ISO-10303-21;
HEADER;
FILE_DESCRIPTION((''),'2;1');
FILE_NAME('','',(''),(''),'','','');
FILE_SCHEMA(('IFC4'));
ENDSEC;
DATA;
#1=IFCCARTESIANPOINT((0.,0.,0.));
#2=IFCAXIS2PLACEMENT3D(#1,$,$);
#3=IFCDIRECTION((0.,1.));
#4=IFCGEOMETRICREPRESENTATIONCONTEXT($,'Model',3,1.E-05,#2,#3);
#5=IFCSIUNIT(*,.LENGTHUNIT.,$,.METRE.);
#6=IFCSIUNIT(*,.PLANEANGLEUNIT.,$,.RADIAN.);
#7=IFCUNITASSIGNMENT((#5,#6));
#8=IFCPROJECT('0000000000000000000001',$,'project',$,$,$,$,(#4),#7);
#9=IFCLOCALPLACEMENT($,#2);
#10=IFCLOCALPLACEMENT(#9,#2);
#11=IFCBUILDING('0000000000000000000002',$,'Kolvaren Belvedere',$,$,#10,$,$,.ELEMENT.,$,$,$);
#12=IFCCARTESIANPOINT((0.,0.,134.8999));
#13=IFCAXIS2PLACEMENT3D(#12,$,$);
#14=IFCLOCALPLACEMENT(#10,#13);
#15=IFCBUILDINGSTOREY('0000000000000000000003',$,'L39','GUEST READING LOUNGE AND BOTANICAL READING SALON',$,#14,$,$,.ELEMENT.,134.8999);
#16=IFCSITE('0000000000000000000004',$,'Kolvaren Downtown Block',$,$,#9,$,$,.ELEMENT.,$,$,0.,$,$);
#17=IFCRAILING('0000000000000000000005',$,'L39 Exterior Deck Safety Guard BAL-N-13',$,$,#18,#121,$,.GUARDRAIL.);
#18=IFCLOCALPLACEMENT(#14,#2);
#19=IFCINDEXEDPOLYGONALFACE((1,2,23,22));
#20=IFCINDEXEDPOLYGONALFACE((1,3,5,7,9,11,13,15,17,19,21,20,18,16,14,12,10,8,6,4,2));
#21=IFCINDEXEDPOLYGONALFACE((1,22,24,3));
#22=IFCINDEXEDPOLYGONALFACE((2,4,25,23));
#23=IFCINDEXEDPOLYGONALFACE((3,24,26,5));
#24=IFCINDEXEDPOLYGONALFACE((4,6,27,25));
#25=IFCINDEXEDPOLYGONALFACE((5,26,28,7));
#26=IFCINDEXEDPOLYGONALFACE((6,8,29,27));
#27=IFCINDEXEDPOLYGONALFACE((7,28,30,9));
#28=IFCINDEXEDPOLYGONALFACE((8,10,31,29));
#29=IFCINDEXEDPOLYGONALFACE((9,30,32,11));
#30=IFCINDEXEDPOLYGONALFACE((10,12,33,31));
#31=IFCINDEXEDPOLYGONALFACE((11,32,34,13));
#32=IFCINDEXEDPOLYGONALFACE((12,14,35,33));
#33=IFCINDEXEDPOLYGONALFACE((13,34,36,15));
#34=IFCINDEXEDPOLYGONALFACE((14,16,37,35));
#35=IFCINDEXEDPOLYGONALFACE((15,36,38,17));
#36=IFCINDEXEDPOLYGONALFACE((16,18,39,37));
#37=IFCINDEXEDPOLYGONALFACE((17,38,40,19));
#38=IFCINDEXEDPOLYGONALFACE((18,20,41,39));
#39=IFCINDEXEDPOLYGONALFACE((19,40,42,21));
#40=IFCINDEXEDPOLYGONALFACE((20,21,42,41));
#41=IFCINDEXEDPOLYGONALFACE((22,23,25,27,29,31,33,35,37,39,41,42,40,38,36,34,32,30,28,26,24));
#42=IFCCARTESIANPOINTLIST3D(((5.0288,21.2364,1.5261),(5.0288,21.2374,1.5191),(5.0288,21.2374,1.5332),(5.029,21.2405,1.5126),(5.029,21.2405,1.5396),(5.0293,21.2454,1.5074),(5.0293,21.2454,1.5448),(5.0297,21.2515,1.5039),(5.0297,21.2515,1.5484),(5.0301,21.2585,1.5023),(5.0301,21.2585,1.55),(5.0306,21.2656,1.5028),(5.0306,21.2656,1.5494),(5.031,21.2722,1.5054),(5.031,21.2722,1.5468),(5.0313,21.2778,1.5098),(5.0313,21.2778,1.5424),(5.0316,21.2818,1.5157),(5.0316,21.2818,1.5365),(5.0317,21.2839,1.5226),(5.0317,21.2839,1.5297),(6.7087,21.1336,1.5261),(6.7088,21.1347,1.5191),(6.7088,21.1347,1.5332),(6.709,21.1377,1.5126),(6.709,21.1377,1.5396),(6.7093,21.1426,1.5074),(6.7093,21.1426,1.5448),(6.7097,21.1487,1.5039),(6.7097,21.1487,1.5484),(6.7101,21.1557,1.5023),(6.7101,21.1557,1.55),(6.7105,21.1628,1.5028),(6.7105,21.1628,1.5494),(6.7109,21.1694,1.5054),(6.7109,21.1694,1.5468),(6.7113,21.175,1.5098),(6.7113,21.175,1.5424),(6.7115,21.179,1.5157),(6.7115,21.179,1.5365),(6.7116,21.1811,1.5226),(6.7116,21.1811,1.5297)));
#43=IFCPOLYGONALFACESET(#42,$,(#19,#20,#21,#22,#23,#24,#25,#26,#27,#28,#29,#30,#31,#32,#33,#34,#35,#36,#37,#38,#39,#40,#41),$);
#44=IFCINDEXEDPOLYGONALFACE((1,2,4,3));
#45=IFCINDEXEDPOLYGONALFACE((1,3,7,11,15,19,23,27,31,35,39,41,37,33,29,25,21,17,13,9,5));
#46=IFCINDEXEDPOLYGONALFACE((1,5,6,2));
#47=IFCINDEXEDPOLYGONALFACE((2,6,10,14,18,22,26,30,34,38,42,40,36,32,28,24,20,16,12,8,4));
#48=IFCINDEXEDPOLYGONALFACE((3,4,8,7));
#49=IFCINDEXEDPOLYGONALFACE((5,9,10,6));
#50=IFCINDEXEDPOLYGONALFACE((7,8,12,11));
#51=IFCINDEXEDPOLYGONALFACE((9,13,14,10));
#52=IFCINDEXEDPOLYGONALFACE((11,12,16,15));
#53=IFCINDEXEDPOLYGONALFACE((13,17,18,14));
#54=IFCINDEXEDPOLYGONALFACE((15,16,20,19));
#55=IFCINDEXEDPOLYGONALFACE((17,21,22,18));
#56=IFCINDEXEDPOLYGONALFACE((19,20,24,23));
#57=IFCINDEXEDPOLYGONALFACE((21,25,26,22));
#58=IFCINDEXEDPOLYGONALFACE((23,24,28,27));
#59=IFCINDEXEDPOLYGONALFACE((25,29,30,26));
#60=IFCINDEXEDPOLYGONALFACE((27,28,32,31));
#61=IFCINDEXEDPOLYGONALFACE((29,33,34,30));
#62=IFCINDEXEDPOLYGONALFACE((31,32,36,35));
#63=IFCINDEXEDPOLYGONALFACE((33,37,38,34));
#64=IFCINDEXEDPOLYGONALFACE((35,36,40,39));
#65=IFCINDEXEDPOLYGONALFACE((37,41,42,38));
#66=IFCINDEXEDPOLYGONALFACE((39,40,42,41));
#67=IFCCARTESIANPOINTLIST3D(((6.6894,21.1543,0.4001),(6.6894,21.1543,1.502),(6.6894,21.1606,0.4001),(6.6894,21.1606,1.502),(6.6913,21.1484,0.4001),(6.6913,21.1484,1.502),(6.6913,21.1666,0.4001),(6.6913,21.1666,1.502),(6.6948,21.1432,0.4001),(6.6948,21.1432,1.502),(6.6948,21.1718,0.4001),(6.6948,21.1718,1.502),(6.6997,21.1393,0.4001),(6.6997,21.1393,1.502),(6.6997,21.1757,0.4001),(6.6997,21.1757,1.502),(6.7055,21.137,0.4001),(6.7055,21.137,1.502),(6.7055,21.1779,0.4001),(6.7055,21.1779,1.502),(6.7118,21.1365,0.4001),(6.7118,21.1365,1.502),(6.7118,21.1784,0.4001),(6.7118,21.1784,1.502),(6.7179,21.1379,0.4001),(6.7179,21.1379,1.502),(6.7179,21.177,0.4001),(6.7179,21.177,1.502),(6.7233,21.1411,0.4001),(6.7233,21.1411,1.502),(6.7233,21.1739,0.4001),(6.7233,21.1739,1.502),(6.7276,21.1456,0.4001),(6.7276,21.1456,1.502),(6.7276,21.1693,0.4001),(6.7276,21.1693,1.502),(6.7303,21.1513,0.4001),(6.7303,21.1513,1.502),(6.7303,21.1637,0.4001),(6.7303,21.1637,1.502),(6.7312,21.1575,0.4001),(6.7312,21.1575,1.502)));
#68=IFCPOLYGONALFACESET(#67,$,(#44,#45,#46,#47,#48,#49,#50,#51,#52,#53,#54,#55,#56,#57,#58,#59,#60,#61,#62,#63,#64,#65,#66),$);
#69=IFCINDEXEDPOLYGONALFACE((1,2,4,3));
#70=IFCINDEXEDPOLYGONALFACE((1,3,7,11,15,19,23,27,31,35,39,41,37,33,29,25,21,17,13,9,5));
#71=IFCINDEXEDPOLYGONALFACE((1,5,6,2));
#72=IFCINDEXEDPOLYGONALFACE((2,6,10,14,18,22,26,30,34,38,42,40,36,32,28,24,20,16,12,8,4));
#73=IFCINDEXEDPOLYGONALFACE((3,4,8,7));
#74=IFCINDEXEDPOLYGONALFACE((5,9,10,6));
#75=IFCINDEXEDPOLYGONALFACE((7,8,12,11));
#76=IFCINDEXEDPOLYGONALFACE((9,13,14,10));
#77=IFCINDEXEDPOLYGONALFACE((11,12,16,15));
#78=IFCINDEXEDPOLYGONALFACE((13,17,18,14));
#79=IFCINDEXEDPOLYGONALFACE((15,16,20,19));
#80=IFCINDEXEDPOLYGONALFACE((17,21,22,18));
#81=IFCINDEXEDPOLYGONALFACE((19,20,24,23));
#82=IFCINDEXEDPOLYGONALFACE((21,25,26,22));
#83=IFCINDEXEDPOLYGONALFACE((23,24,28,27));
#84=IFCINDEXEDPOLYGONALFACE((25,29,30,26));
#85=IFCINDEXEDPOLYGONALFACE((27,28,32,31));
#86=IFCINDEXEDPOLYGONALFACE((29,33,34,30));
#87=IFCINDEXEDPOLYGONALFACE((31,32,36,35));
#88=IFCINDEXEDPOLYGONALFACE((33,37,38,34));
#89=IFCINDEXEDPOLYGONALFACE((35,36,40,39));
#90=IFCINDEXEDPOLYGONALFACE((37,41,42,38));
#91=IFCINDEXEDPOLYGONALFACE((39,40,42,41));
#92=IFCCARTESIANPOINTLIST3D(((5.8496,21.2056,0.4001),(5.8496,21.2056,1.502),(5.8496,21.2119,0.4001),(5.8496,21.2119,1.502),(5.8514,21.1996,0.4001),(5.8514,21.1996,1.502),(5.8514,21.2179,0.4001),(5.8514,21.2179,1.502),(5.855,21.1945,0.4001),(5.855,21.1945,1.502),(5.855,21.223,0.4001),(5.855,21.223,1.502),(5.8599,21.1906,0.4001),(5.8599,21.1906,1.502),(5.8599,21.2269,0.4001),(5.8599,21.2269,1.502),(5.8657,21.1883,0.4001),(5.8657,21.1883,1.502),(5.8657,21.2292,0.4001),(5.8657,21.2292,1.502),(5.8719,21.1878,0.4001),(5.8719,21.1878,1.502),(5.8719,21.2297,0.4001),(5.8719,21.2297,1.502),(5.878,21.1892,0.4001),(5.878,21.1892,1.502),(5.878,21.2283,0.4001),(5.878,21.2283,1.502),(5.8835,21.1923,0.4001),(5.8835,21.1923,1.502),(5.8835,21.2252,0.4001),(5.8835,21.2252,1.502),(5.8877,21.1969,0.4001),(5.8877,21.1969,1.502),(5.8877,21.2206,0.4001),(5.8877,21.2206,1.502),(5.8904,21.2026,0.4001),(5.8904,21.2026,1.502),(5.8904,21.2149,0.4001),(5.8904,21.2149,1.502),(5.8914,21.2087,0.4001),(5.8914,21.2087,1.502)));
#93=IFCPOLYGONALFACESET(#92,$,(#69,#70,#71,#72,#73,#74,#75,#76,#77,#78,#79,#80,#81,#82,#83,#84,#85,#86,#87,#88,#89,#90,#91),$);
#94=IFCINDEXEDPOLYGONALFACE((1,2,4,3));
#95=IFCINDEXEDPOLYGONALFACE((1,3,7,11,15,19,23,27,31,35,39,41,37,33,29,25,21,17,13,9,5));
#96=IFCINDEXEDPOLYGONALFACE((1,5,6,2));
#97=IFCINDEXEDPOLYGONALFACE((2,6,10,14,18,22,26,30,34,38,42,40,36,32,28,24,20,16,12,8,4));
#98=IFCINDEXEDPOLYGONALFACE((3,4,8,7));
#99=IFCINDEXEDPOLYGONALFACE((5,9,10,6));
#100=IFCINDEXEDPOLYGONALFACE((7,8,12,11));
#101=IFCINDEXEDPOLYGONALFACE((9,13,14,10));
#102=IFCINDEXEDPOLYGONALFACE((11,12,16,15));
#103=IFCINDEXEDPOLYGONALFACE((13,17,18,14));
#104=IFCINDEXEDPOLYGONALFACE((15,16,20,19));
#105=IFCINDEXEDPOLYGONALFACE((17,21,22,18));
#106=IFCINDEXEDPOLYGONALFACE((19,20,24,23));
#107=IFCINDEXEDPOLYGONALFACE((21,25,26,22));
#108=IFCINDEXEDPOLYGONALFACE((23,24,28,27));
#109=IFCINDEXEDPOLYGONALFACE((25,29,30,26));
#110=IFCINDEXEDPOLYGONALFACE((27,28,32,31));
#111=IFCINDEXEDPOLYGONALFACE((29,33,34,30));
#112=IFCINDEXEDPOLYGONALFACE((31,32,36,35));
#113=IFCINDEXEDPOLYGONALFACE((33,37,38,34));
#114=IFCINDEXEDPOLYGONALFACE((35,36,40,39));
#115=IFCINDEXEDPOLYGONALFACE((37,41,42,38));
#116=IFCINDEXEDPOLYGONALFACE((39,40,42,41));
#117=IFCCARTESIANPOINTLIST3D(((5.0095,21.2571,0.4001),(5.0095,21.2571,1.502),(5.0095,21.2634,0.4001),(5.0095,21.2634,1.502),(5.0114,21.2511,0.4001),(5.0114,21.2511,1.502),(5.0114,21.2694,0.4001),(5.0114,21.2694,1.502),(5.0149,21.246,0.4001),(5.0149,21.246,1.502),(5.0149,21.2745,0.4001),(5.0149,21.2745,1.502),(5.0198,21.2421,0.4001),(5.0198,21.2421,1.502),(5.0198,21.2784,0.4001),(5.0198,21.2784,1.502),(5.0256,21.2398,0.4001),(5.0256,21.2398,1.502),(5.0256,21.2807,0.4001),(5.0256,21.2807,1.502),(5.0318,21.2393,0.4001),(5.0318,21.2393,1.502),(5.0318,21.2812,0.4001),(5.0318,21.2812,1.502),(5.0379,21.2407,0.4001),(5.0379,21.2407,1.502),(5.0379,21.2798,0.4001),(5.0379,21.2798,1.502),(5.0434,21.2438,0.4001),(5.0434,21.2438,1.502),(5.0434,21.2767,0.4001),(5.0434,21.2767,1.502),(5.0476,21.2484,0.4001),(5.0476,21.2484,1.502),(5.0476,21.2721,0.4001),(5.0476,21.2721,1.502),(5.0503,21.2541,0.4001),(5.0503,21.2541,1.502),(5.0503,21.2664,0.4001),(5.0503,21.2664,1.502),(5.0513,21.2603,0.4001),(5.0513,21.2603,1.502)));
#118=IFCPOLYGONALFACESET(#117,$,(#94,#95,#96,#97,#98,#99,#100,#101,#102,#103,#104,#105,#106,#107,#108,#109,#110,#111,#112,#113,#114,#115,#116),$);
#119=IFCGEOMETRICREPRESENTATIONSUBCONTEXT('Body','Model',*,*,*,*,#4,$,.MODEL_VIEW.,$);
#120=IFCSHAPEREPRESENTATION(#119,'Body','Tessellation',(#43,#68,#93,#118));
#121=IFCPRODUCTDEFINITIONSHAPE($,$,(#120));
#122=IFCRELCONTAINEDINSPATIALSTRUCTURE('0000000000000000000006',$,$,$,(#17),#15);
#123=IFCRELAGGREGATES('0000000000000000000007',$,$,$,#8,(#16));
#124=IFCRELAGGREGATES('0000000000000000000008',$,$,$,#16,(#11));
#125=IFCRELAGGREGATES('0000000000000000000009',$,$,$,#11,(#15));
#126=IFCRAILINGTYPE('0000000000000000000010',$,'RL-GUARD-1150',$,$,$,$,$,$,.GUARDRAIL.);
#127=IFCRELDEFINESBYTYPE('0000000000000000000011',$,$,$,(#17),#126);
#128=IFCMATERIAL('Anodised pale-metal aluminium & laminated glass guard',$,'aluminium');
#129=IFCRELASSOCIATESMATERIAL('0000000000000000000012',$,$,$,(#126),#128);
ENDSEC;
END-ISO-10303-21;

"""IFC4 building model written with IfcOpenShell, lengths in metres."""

from ifc_helpers import new_model, si_unit, direction, frame, origin, origin_2d, place, context, subcontext, project, spatial, circle, extrude, material, type_object, element, save


model = new_model("IFC4")

# Units and contexts
model_context = context("Model", 3, precision=1e-05, world=origin(), true_north=direction((0.0, 1.0)))
body_context = subcontext(model_context, "Body", "Model", "MODEL_VIEW")
ifc_project = project(units=[si_unit("LENGTHUNIT", "METRE"), si_unit("PLANEANGLEUNIT", "RADIAN")], contexts=[model_context])

# Site, building, storey
site_placement = place(None, origin())
site = spatial("IfcSite", under=ifc_project, at=site_placement, Name="Kolvaren Downtown Block", CompositionType="ELEMENT", RefElevation=0.0)
building_placement = place(site_placement, origin())
building = spatial("IfcBuilding", under=site, at=building_placement, Name="Kolvaren Belvedere", CompositionType="ELEMENT")
storey_placement = place(building_placement, frame((0.0, 0.0, 134.8999)))
storey = spatial("IfcBuildingStorey", under=building, at=storey_placement, Name="L39", Description="GUEST READING LOUNGE AND BOTANICAL READING SALON", CompositionType="ELEMENT", Elevation=134.8999)

# Railing
ifc_material_1 = material(Name="Anodised pale-metal aluminium & laminated glass guard", Category="aluminium")
railing_type = type_object("IfcRailingType", Name="RL-GUARD-1150", PredefinedType="GUARDRAIL", material=ifc_material_1)
railing_1_placement = place(storey_placement, frame((6.7102, 21.1575, 0.4001)))
element("IfcRailing", 1, at=railing_1_placement, inside=storey, type_object=railing_type, Name="L39 Exterior Deck Safety Guard BAL-N-13", PredefinedType="GUARDRAIL", context=body_context, shape_type="SweptSolid", body=[
    extrude(circle(Radius=0.0239, at=origin_2d()), frame((0.0, 0.0, 1.126), z_axis=(-0.998134, 0.061069, 0.0), x_axis=(-0.061069, -0.998134, 0.0)), (0.0, 0.0, 1.0), 1.6831),
    extrude(circle(Radius=0.021, at=origin_2d()), origin(), (0.0, 0.0, 1.0), 1.1018),
    extrude(circle(Radius=0.021, at=origin_2d()), frame((-0.8398, 0.0513, 0.0)), (0.0, 0.0, 1.0), 1.1018),
    extrude(circle(Radius=0.021, at=origin_2d()), frame((-1.6799, 0.1028, 0.0)), (0.0, 0.0, 1.0), 1.1018),
])

save(model, "model.ifc")
